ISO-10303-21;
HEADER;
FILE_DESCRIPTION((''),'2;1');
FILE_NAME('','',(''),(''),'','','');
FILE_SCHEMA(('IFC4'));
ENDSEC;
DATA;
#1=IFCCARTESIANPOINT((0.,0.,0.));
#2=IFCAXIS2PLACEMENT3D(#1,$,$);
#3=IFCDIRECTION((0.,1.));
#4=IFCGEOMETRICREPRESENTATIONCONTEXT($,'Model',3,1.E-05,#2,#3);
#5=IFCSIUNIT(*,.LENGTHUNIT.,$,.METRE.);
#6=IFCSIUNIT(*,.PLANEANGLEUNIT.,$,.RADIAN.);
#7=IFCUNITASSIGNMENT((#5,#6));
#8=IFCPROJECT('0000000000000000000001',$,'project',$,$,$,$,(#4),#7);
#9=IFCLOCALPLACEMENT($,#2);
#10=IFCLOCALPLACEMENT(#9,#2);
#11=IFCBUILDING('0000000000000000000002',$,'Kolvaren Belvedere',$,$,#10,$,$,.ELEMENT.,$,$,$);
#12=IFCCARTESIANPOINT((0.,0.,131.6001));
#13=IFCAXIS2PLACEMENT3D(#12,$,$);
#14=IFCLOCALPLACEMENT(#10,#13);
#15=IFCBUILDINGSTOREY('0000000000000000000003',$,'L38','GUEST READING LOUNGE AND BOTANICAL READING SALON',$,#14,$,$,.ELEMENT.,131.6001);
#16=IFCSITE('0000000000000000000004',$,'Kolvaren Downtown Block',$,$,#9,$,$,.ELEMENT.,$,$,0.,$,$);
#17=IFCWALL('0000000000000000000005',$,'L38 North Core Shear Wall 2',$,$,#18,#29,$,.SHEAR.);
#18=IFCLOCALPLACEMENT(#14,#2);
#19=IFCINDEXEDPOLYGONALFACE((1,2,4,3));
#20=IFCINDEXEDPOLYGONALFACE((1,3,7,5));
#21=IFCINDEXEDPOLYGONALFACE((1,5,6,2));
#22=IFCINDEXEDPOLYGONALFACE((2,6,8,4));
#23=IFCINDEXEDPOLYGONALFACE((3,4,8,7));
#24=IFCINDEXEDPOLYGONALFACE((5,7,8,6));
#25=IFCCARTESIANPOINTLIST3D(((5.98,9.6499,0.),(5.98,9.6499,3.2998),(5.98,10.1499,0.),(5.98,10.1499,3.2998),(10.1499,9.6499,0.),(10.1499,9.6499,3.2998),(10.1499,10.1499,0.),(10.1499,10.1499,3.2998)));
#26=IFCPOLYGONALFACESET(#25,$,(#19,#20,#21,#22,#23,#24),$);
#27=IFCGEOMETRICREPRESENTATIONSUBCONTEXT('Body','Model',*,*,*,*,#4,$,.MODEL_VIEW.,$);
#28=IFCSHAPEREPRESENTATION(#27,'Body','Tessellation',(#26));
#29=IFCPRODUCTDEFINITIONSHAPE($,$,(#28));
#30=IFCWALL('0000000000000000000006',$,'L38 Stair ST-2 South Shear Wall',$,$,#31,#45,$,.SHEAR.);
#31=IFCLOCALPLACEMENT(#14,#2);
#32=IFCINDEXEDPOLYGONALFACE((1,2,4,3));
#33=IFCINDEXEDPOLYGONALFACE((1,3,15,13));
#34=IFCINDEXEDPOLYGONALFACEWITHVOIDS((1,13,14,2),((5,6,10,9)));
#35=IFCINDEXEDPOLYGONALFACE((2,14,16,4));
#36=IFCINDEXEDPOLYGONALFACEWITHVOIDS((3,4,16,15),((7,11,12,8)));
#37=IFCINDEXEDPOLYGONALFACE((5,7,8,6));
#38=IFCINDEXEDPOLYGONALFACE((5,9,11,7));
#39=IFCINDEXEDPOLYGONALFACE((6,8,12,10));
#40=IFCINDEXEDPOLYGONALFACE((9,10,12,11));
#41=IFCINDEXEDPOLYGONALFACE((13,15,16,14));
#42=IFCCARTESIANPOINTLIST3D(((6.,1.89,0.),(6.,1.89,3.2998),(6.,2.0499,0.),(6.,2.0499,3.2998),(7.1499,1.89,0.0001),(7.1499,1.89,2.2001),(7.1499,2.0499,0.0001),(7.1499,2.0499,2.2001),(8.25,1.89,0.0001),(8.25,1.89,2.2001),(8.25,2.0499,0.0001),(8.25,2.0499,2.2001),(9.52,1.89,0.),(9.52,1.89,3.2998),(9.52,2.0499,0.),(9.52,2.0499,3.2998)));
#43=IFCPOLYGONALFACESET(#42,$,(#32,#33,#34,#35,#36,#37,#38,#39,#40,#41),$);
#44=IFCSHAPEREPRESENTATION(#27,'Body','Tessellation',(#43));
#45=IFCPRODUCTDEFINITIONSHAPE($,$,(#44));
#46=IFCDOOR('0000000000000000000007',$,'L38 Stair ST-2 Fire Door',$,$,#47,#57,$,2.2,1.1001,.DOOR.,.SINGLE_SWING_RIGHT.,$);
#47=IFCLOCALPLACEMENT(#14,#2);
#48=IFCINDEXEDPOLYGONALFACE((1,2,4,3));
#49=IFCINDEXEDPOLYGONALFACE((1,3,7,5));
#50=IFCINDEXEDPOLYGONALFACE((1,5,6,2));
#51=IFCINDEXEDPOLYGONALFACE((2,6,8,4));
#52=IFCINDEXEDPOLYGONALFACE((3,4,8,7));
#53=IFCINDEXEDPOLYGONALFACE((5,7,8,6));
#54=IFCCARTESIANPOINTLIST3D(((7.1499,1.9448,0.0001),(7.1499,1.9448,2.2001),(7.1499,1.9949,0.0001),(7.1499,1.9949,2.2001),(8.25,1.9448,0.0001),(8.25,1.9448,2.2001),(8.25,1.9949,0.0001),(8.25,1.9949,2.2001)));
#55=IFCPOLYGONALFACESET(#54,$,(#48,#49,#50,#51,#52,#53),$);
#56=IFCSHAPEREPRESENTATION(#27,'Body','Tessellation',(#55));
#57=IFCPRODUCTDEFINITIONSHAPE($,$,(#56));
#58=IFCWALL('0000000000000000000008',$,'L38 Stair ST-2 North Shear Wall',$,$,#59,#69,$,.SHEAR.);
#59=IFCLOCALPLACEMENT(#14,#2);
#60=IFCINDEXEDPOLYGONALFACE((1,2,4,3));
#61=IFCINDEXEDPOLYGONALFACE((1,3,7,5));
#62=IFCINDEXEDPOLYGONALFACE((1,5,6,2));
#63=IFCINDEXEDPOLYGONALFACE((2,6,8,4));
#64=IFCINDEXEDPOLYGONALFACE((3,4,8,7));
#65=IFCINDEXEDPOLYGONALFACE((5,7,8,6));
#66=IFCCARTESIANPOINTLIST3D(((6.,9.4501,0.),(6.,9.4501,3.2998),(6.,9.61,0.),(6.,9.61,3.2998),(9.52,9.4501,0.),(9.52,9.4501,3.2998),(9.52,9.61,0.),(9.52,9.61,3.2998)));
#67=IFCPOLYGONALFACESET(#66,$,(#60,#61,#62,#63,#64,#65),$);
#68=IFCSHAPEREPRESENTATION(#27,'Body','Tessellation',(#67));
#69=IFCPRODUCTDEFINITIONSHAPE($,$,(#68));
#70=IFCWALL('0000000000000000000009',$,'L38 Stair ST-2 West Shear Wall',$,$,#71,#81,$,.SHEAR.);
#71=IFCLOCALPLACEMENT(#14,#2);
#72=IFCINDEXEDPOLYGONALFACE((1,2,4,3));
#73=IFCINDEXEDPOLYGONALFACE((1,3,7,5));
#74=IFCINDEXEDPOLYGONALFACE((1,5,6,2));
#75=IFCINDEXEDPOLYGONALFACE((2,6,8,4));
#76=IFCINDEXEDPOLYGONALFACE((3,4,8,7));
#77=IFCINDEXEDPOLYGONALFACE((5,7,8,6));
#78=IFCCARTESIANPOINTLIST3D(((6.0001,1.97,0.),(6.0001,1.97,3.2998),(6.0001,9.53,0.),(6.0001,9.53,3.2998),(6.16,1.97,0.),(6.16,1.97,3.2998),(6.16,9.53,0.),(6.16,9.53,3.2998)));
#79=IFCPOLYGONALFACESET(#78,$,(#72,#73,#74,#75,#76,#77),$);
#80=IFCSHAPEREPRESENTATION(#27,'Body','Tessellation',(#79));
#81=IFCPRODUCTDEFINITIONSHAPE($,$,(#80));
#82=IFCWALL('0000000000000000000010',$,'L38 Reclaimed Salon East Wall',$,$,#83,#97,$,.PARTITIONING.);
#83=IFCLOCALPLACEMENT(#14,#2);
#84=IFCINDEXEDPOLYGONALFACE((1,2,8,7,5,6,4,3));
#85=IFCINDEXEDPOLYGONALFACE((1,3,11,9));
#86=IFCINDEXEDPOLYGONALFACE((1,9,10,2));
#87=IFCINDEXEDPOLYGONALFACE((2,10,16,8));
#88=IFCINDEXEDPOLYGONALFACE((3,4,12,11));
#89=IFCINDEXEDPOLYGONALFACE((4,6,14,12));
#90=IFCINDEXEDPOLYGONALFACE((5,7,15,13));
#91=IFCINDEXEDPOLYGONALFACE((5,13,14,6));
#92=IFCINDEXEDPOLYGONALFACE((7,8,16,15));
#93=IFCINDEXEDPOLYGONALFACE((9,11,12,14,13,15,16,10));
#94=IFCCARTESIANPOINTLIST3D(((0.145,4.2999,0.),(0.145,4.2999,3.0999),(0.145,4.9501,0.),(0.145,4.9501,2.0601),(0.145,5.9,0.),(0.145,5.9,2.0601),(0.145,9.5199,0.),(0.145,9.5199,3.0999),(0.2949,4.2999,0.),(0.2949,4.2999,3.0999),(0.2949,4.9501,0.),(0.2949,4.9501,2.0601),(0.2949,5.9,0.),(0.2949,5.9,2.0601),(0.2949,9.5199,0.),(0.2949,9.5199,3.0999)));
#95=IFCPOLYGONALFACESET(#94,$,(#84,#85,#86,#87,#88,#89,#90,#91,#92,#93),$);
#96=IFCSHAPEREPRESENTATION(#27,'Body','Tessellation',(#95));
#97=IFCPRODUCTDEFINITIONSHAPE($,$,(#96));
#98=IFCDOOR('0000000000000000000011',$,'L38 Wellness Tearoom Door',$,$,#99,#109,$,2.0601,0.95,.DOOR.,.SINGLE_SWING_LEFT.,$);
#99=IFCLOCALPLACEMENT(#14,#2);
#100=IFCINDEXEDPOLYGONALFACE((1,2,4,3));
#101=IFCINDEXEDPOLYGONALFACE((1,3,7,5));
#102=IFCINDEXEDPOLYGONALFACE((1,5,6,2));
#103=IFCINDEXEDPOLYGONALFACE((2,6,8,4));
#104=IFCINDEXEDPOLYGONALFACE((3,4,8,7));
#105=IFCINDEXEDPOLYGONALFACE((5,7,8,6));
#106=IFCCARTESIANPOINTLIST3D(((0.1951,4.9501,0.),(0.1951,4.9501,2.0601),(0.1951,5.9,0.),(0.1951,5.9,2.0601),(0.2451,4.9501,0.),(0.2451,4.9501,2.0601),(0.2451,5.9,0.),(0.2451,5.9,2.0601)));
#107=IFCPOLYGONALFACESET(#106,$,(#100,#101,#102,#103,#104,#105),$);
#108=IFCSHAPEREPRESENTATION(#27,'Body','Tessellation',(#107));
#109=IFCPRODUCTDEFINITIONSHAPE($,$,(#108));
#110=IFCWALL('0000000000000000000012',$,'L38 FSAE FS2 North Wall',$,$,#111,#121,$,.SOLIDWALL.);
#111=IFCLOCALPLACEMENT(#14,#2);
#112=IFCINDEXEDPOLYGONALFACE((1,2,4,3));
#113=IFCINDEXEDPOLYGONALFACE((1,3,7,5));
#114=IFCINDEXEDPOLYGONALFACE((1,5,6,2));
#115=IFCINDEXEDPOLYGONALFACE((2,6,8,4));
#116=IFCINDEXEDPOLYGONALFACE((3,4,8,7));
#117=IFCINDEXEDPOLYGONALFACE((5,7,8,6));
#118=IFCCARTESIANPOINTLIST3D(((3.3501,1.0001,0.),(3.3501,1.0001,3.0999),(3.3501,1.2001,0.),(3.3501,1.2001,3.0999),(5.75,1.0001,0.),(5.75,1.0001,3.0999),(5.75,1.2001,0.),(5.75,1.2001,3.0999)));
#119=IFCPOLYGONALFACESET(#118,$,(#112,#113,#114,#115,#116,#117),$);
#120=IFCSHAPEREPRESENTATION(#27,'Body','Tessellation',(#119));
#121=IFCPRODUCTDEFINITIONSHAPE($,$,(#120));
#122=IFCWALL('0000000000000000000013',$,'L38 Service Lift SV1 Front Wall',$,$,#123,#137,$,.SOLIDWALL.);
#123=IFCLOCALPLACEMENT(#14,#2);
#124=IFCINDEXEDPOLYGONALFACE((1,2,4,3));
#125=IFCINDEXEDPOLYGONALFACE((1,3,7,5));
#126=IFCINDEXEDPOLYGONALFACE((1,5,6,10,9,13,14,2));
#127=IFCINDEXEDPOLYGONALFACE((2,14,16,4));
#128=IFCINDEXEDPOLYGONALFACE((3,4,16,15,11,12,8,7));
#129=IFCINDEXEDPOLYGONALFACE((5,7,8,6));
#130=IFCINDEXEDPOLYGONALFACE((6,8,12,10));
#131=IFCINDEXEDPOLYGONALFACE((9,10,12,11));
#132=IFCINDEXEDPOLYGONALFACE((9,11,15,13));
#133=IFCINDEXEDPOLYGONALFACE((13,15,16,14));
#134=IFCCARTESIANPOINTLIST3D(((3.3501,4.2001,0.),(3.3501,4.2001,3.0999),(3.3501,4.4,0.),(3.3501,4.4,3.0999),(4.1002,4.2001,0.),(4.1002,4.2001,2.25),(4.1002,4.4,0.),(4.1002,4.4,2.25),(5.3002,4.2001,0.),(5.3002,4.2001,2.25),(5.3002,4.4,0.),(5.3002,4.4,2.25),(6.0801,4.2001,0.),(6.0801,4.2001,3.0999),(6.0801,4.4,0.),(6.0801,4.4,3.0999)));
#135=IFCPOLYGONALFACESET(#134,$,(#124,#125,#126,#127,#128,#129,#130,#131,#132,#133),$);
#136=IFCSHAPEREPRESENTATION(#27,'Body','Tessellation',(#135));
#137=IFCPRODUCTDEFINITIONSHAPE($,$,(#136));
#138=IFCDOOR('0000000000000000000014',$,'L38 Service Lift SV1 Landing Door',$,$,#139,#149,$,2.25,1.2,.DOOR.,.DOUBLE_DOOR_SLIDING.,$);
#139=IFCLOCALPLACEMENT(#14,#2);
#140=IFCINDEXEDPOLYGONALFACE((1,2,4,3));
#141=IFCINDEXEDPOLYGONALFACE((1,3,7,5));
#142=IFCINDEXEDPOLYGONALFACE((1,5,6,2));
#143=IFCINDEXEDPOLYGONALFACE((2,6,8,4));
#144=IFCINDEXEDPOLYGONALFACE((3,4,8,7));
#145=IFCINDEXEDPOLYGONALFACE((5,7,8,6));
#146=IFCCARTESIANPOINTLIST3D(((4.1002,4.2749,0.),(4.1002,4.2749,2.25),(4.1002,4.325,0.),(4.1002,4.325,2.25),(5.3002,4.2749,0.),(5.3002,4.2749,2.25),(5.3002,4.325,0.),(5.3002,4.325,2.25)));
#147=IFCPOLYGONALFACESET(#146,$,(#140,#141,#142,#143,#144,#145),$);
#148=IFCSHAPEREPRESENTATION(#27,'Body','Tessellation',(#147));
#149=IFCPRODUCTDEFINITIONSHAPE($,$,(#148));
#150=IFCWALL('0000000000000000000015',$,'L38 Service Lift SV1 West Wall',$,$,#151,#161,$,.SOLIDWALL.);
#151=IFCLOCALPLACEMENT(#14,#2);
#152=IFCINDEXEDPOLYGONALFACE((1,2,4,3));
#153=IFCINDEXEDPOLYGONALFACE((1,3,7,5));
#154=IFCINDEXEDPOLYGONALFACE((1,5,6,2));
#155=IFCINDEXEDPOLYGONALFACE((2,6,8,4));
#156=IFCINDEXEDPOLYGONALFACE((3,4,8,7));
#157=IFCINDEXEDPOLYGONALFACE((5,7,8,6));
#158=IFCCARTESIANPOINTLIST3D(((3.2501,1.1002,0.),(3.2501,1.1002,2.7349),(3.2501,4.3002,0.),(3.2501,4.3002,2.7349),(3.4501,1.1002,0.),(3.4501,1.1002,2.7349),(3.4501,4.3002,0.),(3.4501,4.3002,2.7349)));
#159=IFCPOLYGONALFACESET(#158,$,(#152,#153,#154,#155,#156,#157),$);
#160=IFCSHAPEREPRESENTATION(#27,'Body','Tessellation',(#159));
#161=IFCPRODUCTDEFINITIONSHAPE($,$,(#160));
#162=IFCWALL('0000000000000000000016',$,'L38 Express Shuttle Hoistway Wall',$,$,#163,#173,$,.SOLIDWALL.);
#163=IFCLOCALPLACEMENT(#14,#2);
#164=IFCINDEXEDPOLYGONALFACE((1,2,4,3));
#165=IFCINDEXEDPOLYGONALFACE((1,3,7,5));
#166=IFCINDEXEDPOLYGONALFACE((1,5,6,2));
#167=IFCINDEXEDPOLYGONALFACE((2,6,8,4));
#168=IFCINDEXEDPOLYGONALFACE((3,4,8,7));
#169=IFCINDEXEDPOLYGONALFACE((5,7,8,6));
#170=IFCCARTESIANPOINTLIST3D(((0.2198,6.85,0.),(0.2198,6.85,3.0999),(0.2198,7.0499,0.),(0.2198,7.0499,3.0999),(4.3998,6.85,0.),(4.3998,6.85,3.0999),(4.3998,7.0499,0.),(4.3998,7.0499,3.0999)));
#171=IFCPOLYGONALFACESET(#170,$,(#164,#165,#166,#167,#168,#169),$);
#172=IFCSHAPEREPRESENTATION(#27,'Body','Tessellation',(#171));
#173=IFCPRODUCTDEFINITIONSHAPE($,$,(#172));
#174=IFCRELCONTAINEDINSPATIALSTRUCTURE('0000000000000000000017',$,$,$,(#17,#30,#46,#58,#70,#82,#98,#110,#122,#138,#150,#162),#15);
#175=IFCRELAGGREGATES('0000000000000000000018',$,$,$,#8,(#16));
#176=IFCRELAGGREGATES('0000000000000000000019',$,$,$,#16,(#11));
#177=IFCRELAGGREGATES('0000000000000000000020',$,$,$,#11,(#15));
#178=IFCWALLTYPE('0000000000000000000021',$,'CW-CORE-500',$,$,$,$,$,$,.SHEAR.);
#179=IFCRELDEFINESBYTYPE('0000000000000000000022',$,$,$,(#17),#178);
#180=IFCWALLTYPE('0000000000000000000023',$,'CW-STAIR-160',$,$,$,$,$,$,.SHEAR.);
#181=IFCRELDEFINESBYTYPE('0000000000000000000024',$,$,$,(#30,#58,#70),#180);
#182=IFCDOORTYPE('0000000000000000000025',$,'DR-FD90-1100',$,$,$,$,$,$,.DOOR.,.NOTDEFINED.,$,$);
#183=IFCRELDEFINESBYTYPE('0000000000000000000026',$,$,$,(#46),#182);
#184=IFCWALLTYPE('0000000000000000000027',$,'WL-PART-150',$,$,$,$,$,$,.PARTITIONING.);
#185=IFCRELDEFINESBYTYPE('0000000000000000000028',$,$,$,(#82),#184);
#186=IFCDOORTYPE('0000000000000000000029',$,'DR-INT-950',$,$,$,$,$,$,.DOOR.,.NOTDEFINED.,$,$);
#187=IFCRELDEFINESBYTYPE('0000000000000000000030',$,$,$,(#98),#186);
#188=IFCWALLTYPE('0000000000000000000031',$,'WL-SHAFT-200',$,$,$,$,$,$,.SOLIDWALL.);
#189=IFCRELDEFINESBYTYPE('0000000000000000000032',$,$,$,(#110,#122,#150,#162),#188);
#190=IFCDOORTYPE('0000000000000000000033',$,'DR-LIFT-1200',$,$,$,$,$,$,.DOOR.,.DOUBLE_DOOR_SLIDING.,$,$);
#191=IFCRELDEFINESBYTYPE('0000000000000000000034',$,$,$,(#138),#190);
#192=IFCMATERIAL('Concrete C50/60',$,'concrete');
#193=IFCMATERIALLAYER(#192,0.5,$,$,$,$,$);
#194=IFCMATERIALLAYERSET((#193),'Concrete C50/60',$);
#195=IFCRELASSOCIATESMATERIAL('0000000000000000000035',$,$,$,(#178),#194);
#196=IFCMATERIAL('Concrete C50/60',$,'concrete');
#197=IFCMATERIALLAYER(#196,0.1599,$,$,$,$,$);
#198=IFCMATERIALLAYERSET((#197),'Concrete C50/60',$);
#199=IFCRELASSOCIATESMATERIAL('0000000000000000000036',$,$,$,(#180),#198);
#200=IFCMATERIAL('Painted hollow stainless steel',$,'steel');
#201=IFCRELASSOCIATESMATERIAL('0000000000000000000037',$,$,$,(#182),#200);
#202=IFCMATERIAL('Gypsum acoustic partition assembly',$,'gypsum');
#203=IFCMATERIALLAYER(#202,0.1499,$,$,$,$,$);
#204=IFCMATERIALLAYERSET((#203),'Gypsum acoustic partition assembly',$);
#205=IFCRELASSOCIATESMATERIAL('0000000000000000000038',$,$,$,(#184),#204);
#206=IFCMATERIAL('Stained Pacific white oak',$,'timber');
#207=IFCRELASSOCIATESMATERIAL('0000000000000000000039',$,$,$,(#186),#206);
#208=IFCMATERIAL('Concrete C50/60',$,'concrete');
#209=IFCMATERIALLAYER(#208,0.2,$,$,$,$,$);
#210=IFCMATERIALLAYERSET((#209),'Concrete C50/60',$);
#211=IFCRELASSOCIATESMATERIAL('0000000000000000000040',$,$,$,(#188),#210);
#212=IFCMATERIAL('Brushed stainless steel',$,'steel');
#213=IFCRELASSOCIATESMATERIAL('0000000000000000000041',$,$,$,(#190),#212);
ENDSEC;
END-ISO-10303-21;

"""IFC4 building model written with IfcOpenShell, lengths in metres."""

from ifc_helpers import new_model, si_unit, direction, frame, frame_2d, origin, place, context, subcontext, project, spatial, rectangle, extrude, material, layer, layer_set, type_object, element, fill, save


model = new_model("IFC4")

# Units and contexts
model_context = context("Model", 3, precision=1e-05, world=origin(), true_north=direction((0.0, 1.0)))
body_context = subcontext(model_context, "Body", "Model", "MODEL_VIEW")
ifc_project = project(units=[si_unit("LENGTHUNIT", "METRE"), si_unit("PLANEANGLEUNIT", "RADIAN")], contexts=[model_context])

# Site, building, storey
site_placement = place(None, origin())
site = spatial("IfcSite", under=ifc_project, at=site_placement, Name="Kolvaren Downtown Block", CompositionType="ELEMENT", RefElevation=0.0)
building_placement = place(site_placement, origin())
building = spatial("IfcBuilding", under=site, at=building_placement, Name="Kolvaren Belvedere", CompositionType="ELEMENT")
storey_placement = place(building_placement, frame((0.0, 0.0, 131.6001)))
storey = spatial("IfcBuildingStorey", under=building, at=storey_placement, Name="L38", Description="GUEST READING LOUNGE AND BOTANICAL READING SALON", CompositionType="ELEMENT", Elevation=131.6001)

# Wall
ifc_material_1 = material(Name="Concrete C50/60", Category="concrete")
ifc_layer_1 = layer(ifc_material_1, 0.5)
ifc_layer_set_1 = layer_set([ifc_layer_1], Name="Concrete C50/60")
wall_type_1 = type_object("IfcWallType", Name="CW-CORE-500", PredefinedType="SHEAR", material=ifc_layer_set_1)
wall_1_placement = place(storey_placement, frame((5.98, 9.8999, 0.0), z_axis=(0.0, 0.0, 1.0), x_axis=(1.0, 0.0, 0.0)))
element("IfcWall", 1, at=wall_1_placement, inside=storey, type_object=wall_type_1, Name="L38 North Core Shear Wall 2", PredefinedType="SHEAR", context=body_context, shape_type="SweptSolid", body=[
    extrude(rectangle(XDim=4.1699, YDim=0.5, at=frame_2d((2.085, 0.0))), origin(), (0.0, 0.0, 1.0), 3.2998),
])

# Wall, opening, door
ifc_material_2 = material(Name="Concrete C50/60", Category="concrete")
ifc_layer_2 = layer(ifc_material_2, 0.1599)
ifc_layer_set_2 = layer_set([ifc_layer_2], Name="Concrete C50/60")
wall_type_2 = type_object("IfcWallType", Name="CW-STAIR-160", PredefinedType="SHEAR", material=ifc_layer_set_2)
wall_2_placement = place(storey_placement, frame((6.0, 1.97, 0.0), z_axis=(0.0, 0.0, 1.0), x_axis=(1.0, 0.0, 0.0)))
wall_2 = element("IfcWall", 2, at=wall_2_placement, inside=storey, type_object=wall_type_2, Name="L38 Stair ST-2 South Shear Wall", PredefinedType="SHEAR", context=body_context, shape_type="SweptSolid", body=[
    extrude(rectangle(XDim=3.52, YDim=0.1599, at=frame_2d((1.76, 0.0))), origin(), (0.0, 0.0, 1.0), 3.2998),
])
opening_1_placement = place(wall_2_placement, frame((1.1499, 0.0, 0.0)))
opening_1 = element("IfcOpeningElement", 3, at=opening_1_placement, cuts=wall_2, PredefinedType="OPENING", context=body_context, shape_type="SweptSolid", body=[
    extrude(rectangle(XDim=1.1001, YDim=2.2, at=frame_2d((0.55, 1.1001))), frame((0.0, 0.0898, 0.0), z_axis=(0.0, -1.0, 0.0), x_axis=(1.0, 0.0, 0.0)), (0.0, 0.0, 1.0), 0.1799),
])
ifc_material_3 = material(Name="Painted hollow stainless steel", Category="steel")
door_type_1 = type_object("IfcDoorType", Name="DR-FD90-1100", OperationType="NOTDEFINED", PredefinedType="DOOR", material=ifc_material_3)
door_1_placement = place(opening_1_placement, origin())
door_1 = element("IfcDoor", 4, at=door_1_placement, inside=storey, type_object=door_type_1, Name="L38 Stair ST-2 Fire Door", OperationType="SINGLE_SWING_RIGHT", OverallHeight=2.2, OverallWidth=1.1001, PredefinedType="DOOR", context=body_context, shape_type="SweptSolid", body=[
    extrude(rectangle(XDim=1.1001, YDim=2.2, at=frame_2d((0.55, 1.1001))), frame((0.0, 0.0249, 0.0), z_axis=(0.0, -1.0, 0.0), x_axis=(1.0, 0.0, 0.0)), (0.0, 0.0, 1.0), 0.05),
])
fill(opening_1, door_1)

# Walls
wall_3_placement = place(storey_placement, frame((6.0, 9.53, 0.0), z_axis=(0.0, 0.0, 1.0), x_axis=(1.0, 0.0, 0.0)))
element("IfcWall", 5, at=wall_3_placement, inside=storey, type_object=wall_type_2, Name="L38 Stair ST-2 North Shear Wall", PredefinedType="SHEAR", context=body_context, shape_type="SweptSolid", body=[
    extrude(rectangle(XDim=3.52, YDim=0.1599, at=frame_2d((1.76, 0.0))), origin(), (0.0, 0.0, 1.0), 3.2998),
])
wall_4_placement = place(storey_placement, frame((6.0801, 1.97, 0.0), z_axis=(0.0, 0.0, 1.0), x_axis=(0.0, 1.0, 0.0)))
element("IfcWall", 6, at=wall_4_placement, inside=storey, type_object=wall_type_2, Name="L38 Stair ST-2 West Shear Wall", PredefinedType="SHEAR", context=body_context, shape_type="SweptSolid", body=[
    extrude(rectangle(XDim=7.5601, YDim=0.1599, at=frame_2d((3.78, 0.0))), origin(), (0.0, 0.0, 1.0), 3.2998),
])

# Wall, opening, door
ifc_material_4 = material(Name="Gypsum acoustic partition assembly", Category="gypsum")
ifc_layer_3 = layer(ifc_material_4, 0.1499)
ifc_layer_set_3 = layer_set([ifc_layer_3], Name="Gypsum acoustic partition assembly")
wall_type_3 = type_object("IfcWallType", Name="WL-PART-150", PredefinedType="PARTITIONING", material=ifc_layer_set_3)
wall_5_placement = place(storey_placement, frame((0.22, 4.3, 0.0), z_axis=(0.0, 0.0, 1.0), x_axis=(0.0, 1.0, 0.0)))
wall_5 = element("IfcWall", 7, at=wall_5_placement, inside=storey, type_object=wall_type_3, Name="L38 Reclaimed Salon East Wall", PredefinedType="PARTITIONING", context=body_context, shape_type="SweptSolid", body=[
    extrude(rectangle(XDim=5.22, YDim=0.1499, at=frame_2d((2.6099, 0.0))), origin(), (0.0, 0.0, 1.0), 3.0999),
])
opening_2_placement = place(wall_5_placement, frame((0.6499, 0.0, 0.0)))
opening_2 = element("IfcOpeningElement", 8, at=opening_2_placement, cuts=wall_5, PredefinedType="OPENING", context=body_context, shape_type="SweptSolid", body=[
    extrude(rectangle(XDim=0.95, YDim=2.0601, at=frame_2d((0.4751, 1.03))), frame((0.0, 0.085, 0.0), z_axis=(0.0, -1.0, 0.0), x_axis=(1.0, 0.0, 0.0)), (0.0, 0.0, 1.0), 0.1699),
])
ifc_material_5 = material(Name="Stained Pacific white oak", Category="timber")
door_type_2 = type_object("IfcDoorType", Name="DR-INT-950", OperationType="NOTDEFINED", PredefinedType="DOOR", material=ifc_material_5)
door_2_placement = place(opening_2_placement, origin())
door_2 = element("IfcDoor", 9, at=door_2_placement, inside=storey, type_object=door_type_2, Name="L38 Wellness Tearoom Door", OperationType="SINGLE_SWING_LEFT", OverallHeight=2.0601, OverallWidth=0.95, PredefinedType="DOOR", context=body_context, shape_type="SweptSolid", body=[
    extrude(rectangle(XDim=0.95, YDim=2.0601, at=frame_2d((0.4751, 1.03))), frame((0.0, 0.0249, 0.0), z_axis=(0.0, -1.0, 0.0), x_axis=(1.0, 0.0, 0.0)), (0.0, 0.0, 1.0), 0.05),
])
fill(opening_2, door_2)

# Wall
ifc_material_6 = material(Name="Concrete C50/60", Category="concrete")
ifc_layer_4 = layer(ifc_material_6, 0.2)
ifc_layer_set_4 = layer_set([ifc_layer_4], Name="Concrete C50/60")
wall_type_4 = type_object("IfcWallType", Name="WL-SHAFT-200", PredefinedType="SOLIDWALL", material=ifc_layer_set_4)
wall_6_placement = place(storey_placement, frame((3.3501, 1.1001, 0.0), z_axis=(0.0, 0.0, 1.0), x_axis=(1.0, 0.0, 0.0)))
element("IfcWall", 10, at=wall_6_placement, inside=storey, type_object=wall_type_4, Name="L38 FSAE FS2 North Wall", PredefinedType="SOLIDWALL", context=body_context, shape_type="SweptSolid", body=[
    extrude(rectangle(XDim=2.3999, YDim=0.2, at=frame_2d((1.2, 0.0))), origin(), (0.0, 0.0, 1.0), 3.0999),
])

# Wall, opening, door
wall_7_placement = place(storey_placement, frame((3.3501, 4.3, 0.0), z_axis=(0.0, 0.0, 1.0), x_axis=(1.0, 0.0, 0.0)))
wall_7 = element("IfcWall", 11, at=wall_7_placement, inside=storey, type_object=wall_type_4, Name="L38 Service Lift SV1 Front Wall", PredefinedType="SOLIDWALL", context=body_context, shape_type="SweptSolid", body=[
    extrude(rectangle(XDim=2.73, YDim=0.2, at=frame_2d((1.365, 0.0))), origin(), (0.0, 0.0, 1.0), 3.0999),
])
opening_3_placement = place(wall_7_placement, frame((0.75, 0.0, 0.0)))
opening_3 = element("IfcOpeningElement", 12, at=opening_3_placement, cuts=wall_7, PredefinedType="OPENING", context=body_context, shape_type="SweptSolid", body=[
    extrude(rectangle(XDim=1.2, YDim=2.25, at=frame_2d((0.6001, 1.125))), frame((0.0, 0.1099, 0.0), z_axis=(0.0, -1.0, 0.0), x_axis=(1.0, 0.0, 0.0)), (0.0, 0.0, 1.0), 0.22),
])
ifc_material_7 = material(Name="Brushed stainless steel", Category="steel")
door_type_3 = type_object("IfcDoorType", Name="DR-LIFT-1200", OperationType="DOUBLE_DOOR_SLIDING", PredefinedType="DOOR", material=ifc_material_7)
door_3_placement = place(opening_3_placement, origin())
door_3 = element("IfcDoor", 13, at=door_3_placement, inside=storey, type_object=door_type_3, Name="L38 Service Lift SV1 Landing Door", OperationType="DOUBLE_DOOR_SLIDING", OverallHeight=2.25, OverallWidth=1.2, PredefinedType="DOOR", context=body_context, shape_type="SweptSolid", body=[
    extrude(rectangle(XDim=1.2, YDim=2.25, at=frame_2d((0.6001, 1.125))), frame((0.0, 0.0249, 0.0), z_axis=(0.0, -1.0, 0.0), x_axis=(1.0, 0.0, 0.0)), (0.0, 0.0, 1.0), 0.05),
])
fill(opening_3, door_3)

# Walls
wall_8_placement = place(storey_placement, frame((3.3501, 1.1001, 0.0), z_axis=(0.0, 0.0, 1.0), x_axis=(0.0, 1.0, 0.0)))
element("IfcWall", 14, at=wall_8_placement, inside=storey, type_object=wall_type_4, Name="L38 Service Lift SV1 West Wall", PredefinedType="SOLIDWALL", context=body_context, shape_type="SweptSolid", body=[
    extrude(rectangle(XDim=3.2, YDim=0.2, at=frame_2d((1.6001, 0.0))), origin(), (0.0, 0.0, 1.0), 2.7349),
])
wall_9_placement = place(storey_placement, frame((0.22, 6.95, 0.0), z_axis=(0.0, 0.0, 1.0), x_axis=(1.0, 0.0, 0.0)))
element("IfcWall", 15, at=wall_9_placement, inside=storey, type_object=wall_type_4, Name="L38 Express Shuttle Hoistway Wall", PredefinedType="SOLIDWALL", context=body_context, shape_type="SweptSolid", body=[
    extrude(rectangle(XDim=4.1799, YDim=0.2, at=frame_2d((2.0898, 0.0))), origin(), (0.0, 0.0, 1.0), 3.0999),
])

save(model, "model.ifc")
